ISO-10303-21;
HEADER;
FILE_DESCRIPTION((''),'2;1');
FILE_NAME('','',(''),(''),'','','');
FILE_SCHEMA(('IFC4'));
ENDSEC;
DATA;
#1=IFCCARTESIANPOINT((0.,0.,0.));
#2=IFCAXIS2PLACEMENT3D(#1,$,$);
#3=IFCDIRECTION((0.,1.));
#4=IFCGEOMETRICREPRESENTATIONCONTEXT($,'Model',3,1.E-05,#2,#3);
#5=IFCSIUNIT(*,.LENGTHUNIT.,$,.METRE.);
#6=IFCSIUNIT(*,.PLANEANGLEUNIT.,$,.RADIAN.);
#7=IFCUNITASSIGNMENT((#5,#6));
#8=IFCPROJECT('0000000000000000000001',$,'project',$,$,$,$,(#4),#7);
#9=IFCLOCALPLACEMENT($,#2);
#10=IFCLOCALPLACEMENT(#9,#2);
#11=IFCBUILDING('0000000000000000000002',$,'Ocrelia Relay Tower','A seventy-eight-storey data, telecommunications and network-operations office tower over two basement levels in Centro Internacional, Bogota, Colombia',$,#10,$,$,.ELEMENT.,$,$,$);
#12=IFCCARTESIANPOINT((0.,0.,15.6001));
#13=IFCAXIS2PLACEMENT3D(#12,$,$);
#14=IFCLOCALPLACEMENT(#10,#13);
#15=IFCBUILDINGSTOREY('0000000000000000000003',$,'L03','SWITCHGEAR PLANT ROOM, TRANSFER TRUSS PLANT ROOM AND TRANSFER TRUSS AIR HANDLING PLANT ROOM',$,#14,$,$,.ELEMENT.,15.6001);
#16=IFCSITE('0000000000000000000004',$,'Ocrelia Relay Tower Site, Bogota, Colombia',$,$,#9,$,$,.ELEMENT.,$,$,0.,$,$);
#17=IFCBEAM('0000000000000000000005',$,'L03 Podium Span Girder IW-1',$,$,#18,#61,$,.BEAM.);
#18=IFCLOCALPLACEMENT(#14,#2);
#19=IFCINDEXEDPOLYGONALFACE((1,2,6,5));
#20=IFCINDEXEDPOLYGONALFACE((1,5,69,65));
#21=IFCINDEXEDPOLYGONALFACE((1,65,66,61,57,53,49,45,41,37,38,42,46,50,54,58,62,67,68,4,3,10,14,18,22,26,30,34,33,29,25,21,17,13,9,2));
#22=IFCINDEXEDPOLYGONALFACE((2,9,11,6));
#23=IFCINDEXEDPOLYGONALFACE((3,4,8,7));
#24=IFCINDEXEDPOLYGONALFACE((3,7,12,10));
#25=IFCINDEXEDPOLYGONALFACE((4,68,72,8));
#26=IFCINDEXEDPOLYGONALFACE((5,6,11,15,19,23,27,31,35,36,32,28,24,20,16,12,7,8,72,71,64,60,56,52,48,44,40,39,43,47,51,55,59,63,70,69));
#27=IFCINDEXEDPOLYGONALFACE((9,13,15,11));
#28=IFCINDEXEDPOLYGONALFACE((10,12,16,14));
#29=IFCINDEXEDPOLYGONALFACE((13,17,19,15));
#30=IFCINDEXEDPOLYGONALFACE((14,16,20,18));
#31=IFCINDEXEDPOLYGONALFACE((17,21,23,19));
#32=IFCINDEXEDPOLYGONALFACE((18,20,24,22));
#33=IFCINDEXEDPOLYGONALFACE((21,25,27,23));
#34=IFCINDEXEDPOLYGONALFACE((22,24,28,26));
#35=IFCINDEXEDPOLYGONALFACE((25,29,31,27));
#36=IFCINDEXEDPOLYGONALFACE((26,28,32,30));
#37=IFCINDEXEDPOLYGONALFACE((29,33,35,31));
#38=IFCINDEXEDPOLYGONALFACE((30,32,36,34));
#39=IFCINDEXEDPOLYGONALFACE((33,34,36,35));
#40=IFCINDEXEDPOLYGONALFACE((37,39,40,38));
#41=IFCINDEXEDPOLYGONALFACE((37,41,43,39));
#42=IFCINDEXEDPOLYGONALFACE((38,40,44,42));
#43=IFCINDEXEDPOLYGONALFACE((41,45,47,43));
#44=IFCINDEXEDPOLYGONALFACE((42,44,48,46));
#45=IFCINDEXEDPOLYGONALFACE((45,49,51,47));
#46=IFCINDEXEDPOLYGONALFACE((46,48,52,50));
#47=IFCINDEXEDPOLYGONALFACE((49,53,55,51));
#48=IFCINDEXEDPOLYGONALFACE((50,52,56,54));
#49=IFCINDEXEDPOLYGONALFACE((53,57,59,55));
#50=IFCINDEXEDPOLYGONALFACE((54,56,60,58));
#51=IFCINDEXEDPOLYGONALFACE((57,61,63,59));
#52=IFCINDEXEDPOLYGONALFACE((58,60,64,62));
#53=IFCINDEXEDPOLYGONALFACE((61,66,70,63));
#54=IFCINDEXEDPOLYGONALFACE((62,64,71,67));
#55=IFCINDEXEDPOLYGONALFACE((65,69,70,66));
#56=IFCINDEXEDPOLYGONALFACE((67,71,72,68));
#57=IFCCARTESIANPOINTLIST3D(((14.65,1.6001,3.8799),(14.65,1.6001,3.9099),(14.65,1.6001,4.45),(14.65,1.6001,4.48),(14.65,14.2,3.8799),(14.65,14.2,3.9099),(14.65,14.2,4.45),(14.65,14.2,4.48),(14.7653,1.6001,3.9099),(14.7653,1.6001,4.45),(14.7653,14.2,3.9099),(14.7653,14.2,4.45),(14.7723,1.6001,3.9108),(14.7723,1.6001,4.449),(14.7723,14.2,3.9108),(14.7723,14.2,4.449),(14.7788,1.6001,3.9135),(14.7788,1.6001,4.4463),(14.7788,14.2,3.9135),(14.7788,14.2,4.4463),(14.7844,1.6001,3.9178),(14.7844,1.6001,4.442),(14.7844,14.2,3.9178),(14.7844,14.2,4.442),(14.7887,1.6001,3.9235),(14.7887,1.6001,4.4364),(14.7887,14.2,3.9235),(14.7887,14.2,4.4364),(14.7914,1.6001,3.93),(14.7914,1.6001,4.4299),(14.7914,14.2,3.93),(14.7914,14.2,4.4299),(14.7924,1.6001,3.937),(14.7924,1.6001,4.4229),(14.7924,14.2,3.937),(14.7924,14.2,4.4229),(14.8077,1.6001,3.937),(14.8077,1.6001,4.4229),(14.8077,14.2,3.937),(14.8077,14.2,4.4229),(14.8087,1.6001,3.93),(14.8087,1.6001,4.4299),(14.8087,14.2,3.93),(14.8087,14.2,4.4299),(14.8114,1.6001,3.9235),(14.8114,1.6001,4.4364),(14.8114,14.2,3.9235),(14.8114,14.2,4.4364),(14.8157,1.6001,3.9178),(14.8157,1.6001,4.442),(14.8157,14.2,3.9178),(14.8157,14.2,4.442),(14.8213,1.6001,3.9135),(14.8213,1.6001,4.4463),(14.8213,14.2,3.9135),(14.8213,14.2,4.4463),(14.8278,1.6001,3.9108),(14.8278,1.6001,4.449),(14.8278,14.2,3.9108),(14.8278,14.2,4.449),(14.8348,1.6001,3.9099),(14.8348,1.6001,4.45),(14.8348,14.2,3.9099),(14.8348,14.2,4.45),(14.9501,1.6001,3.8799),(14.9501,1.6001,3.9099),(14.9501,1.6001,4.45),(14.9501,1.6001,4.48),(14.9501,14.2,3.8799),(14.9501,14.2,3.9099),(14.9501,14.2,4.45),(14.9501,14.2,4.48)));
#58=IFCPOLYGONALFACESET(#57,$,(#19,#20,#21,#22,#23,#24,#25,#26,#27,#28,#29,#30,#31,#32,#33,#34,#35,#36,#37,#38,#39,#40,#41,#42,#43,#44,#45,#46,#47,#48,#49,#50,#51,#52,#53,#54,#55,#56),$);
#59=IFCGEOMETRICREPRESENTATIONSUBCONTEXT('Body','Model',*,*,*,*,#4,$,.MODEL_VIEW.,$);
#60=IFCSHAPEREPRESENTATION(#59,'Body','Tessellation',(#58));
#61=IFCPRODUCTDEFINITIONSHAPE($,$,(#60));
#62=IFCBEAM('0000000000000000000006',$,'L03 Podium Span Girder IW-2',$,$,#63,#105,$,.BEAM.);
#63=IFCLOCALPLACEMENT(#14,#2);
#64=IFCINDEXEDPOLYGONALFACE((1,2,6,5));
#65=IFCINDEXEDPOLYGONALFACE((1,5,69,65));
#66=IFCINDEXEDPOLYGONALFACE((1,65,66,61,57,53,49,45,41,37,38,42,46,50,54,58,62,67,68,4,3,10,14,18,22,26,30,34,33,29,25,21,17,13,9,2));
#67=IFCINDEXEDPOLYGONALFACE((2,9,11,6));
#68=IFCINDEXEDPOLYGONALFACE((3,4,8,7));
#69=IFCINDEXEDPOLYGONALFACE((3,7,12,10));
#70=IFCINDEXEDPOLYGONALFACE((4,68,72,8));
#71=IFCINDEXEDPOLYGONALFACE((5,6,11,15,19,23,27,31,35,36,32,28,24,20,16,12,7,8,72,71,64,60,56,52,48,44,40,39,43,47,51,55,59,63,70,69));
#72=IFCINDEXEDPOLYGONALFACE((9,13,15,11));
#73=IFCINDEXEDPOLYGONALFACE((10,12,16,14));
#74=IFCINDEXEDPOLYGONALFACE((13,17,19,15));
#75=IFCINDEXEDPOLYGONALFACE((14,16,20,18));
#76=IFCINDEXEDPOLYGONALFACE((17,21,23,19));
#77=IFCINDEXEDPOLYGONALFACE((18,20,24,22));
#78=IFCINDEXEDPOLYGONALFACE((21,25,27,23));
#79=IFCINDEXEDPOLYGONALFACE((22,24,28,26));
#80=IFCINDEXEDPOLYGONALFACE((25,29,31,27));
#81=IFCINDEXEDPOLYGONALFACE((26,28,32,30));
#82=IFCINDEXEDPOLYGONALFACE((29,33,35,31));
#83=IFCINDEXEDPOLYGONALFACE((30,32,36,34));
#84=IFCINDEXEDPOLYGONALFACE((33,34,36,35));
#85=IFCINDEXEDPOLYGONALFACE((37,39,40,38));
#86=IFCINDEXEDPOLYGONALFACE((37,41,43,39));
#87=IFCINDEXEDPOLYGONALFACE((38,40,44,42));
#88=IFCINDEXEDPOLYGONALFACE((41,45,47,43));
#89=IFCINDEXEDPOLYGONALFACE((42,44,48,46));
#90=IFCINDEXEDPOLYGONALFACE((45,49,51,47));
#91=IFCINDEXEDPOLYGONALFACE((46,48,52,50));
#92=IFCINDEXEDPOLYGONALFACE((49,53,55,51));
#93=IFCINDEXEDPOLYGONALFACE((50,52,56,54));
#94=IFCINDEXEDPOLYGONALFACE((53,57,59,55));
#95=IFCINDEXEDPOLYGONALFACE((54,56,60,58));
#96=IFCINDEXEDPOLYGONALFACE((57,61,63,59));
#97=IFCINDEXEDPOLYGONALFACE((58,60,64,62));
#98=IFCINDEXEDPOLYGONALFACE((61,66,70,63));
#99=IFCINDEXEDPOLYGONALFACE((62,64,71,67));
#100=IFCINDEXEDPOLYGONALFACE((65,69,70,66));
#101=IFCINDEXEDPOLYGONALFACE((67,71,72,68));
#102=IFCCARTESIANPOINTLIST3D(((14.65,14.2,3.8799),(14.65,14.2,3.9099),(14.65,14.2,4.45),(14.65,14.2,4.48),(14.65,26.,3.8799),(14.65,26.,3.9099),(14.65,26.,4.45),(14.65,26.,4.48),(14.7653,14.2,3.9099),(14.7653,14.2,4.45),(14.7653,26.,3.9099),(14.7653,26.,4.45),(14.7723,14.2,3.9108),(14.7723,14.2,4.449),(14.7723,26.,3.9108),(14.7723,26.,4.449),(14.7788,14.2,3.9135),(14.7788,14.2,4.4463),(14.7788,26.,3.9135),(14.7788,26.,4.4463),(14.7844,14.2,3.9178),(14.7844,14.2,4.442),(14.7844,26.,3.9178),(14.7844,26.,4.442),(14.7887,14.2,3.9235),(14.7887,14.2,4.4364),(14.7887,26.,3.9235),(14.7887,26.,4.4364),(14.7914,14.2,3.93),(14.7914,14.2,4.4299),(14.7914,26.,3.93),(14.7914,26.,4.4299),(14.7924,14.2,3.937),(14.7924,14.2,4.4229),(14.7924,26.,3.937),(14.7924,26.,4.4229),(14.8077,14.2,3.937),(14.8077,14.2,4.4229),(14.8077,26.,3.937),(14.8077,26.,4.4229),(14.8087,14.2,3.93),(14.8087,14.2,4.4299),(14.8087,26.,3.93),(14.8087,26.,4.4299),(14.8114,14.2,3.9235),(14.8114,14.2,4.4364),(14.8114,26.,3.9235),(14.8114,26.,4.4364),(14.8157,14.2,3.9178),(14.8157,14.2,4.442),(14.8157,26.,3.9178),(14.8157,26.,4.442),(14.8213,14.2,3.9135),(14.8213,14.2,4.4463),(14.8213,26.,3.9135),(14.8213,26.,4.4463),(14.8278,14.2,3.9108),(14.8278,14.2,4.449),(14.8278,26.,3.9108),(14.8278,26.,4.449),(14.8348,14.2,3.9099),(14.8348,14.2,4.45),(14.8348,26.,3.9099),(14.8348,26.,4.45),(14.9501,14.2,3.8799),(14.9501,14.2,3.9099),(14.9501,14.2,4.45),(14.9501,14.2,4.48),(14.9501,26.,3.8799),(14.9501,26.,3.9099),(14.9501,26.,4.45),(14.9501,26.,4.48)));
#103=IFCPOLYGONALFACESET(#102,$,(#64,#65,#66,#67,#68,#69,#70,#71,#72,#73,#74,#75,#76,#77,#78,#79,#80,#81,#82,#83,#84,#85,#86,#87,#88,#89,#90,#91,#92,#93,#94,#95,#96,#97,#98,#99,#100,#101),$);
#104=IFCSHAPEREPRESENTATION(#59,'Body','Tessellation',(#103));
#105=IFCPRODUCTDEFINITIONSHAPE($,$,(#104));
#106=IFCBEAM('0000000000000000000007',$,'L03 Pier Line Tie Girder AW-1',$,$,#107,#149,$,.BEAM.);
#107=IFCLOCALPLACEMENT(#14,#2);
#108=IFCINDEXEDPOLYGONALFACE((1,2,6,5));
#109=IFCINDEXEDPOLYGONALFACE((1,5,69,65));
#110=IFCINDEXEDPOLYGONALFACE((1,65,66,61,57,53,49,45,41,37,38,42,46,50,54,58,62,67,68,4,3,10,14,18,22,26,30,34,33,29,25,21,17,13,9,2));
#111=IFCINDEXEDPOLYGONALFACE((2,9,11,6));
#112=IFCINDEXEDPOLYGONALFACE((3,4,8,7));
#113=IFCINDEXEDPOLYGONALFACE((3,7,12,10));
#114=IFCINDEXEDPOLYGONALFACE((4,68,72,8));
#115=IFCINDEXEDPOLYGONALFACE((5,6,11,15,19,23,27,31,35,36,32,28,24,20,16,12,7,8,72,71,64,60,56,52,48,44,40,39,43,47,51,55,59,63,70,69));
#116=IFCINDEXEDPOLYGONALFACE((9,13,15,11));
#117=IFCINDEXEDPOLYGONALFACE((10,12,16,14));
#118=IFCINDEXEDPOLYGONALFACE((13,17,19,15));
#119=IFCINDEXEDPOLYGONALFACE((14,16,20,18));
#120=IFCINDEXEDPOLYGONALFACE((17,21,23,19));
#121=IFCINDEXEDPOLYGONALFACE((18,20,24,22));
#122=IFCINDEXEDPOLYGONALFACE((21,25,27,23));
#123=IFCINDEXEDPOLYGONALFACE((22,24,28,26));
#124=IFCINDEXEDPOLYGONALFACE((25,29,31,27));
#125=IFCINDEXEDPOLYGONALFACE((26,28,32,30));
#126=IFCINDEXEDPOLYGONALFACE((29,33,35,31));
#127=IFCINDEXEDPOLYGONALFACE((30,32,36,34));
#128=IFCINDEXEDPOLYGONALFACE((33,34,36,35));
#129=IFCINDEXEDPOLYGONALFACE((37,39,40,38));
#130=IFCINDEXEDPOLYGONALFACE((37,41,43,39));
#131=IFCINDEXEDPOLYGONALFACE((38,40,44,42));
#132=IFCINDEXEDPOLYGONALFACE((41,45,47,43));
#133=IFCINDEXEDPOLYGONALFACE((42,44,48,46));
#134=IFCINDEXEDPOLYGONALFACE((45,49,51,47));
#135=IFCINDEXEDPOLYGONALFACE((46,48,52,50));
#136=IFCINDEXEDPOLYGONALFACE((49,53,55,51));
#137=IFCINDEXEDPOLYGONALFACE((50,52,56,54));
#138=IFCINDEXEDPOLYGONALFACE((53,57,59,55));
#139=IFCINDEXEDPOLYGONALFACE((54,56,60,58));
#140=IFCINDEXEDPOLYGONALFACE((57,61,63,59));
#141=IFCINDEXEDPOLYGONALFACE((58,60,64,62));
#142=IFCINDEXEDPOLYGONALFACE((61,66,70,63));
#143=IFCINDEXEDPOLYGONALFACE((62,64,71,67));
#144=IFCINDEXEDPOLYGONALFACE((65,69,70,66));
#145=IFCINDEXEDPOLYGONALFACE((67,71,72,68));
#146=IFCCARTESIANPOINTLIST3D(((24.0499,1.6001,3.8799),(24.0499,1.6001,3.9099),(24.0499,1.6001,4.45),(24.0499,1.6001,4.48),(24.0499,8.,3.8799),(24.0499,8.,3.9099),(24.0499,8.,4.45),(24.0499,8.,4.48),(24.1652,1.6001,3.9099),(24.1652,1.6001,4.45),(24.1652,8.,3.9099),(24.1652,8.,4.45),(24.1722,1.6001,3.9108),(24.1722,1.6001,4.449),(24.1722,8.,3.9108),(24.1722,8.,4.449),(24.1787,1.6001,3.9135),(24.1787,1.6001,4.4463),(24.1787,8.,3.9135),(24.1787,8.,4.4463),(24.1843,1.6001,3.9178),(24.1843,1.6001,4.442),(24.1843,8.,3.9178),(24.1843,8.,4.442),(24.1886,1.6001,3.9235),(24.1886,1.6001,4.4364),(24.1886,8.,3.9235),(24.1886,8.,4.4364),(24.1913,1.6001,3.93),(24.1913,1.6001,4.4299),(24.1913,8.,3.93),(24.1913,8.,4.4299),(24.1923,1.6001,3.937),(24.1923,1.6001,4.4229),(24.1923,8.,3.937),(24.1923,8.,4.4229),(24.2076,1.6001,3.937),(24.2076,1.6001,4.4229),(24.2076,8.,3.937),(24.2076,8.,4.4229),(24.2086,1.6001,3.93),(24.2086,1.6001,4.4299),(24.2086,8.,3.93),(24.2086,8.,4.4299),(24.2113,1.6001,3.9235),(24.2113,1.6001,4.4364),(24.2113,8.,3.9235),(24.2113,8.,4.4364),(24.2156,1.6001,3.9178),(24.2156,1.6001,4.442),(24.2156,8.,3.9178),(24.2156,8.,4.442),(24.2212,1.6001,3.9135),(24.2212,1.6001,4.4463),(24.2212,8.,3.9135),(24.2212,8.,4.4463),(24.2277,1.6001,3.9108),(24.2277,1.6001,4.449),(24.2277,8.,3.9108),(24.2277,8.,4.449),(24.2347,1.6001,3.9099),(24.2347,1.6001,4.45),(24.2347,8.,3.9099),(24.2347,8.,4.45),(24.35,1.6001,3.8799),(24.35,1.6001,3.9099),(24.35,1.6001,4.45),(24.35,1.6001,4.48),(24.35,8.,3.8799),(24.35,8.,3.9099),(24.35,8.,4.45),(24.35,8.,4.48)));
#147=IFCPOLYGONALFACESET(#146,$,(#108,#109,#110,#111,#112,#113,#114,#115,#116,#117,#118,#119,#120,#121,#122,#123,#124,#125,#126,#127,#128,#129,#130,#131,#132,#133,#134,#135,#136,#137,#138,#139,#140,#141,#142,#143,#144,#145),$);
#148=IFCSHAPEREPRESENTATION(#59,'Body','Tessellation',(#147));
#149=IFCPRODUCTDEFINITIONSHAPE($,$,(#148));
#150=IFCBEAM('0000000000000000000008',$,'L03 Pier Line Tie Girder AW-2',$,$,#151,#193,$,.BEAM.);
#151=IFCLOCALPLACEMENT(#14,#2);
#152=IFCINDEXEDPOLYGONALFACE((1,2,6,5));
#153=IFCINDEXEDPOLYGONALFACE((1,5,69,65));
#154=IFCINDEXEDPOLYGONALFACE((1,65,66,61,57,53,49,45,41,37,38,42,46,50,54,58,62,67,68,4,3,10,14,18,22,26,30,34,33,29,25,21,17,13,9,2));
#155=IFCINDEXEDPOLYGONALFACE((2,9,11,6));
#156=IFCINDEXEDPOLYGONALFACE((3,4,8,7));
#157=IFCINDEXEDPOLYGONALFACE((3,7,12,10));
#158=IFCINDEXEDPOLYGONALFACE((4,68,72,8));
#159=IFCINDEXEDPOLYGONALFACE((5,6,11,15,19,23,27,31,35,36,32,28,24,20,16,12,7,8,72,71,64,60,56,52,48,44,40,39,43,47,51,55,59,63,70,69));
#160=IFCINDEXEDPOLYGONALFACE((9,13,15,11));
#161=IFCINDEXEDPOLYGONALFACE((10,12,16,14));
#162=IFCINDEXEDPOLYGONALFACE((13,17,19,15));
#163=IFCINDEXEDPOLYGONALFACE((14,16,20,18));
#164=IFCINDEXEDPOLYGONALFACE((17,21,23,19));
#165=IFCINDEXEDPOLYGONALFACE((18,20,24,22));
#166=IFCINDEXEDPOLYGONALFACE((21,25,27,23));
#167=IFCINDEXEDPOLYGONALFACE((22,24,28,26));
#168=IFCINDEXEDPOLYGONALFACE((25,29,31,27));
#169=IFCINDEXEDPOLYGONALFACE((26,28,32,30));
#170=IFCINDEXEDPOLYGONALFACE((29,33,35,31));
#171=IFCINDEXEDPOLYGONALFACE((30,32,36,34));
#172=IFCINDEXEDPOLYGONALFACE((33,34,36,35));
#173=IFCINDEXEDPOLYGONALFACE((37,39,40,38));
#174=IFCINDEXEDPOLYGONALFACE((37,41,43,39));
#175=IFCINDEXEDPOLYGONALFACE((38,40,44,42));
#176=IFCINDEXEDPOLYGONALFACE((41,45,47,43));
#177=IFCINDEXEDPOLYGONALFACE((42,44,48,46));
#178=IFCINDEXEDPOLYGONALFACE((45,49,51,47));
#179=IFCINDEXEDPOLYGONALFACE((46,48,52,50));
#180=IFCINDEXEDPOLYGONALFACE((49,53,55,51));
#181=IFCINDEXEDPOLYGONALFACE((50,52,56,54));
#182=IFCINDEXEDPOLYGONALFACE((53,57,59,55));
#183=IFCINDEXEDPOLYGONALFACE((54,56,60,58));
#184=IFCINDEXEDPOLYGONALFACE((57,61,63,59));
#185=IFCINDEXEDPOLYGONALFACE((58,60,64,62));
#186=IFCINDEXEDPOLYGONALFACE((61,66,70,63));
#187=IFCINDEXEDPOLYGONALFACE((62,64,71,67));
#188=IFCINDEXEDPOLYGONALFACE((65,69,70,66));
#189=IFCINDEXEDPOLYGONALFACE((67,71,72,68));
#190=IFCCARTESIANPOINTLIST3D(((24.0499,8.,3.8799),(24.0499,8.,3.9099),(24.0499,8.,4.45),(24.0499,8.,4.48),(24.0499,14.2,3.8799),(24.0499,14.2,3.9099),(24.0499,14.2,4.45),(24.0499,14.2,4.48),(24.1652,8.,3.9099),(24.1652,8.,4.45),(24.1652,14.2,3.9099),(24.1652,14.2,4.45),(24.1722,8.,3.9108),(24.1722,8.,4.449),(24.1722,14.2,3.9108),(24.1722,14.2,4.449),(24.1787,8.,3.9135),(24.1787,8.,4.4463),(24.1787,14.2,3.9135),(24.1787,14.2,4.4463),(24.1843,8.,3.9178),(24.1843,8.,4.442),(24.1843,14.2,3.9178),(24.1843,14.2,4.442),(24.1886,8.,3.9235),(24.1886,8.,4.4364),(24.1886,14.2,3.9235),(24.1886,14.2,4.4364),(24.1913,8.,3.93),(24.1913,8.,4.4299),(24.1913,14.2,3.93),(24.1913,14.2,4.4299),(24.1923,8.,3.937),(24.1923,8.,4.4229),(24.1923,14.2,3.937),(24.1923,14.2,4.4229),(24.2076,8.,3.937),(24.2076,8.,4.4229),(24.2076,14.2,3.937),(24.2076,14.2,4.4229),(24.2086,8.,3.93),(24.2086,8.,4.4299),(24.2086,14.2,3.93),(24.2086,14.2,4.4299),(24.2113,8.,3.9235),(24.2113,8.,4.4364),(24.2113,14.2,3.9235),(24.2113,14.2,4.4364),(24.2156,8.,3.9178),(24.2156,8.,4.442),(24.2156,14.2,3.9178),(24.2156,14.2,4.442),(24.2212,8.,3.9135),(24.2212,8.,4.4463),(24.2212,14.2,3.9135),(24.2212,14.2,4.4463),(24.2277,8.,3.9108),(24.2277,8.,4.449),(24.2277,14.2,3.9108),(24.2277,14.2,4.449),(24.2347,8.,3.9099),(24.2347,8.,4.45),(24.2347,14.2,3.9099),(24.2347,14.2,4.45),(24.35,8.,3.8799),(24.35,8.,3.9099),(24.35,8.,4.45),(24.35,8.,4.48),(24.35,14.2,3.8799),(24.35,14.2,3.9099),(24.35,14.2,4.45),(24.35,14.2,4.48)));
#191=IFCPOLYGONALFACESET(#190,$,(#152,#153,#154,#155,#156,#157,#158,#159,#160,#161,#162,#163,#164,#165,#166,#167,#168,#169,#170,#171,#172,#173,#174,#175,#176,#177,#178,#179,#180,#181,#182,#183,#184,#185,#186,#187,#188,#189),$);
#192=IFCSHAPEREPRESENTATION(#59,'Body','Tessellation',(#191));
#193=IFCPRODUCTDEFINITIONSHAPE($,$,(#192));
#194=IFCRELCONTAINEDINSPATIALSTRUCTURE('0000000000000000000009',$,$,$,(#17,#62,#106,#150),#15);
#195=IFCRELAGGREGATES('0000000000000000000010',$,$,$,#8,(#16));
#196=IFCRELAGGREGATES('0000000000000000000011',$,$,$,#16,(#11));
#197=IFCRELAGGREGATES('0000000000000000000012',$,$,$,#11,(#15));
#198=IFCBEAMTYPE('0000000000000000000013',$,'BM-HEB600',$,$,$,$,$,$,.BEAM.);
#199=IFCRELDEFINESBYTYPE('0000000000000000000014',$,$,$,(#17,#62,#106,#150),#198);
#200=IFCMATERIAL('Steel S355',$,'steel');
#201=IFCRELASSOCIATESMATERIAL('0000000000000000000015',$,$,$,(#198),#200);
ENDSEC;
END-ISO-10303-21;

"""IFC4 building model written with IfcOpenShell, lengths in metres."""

from ifc_helpers import new_model, si_unit, direction, frame, origin, origin_2d, place, context, subcontext, project, spatial, i_section, extrude, material, material_profile, profile_set, type_object, element, save


model = new_model("IFC4")

# Units and contexts
model_context = context("Model", 3, precision=1e-05, world=origin(), true_north=direction((0.0, 1.0)))
body_context = subcontext(model_context, "Body", "Model", "MODEL_VIEW")
ifc_project = project(units=[si_unit("LENGTHUNIT", "METRE"), si_unit("PLANEANGLEUNIT", "RADIAN")], contexts=[model_context])

# Site, building, storey
site_placement = place(None, origin())
site = spatial("IfcSite", under=ifc_project, at=site_placement, Name="Ocrelia Relay Tower Site, Bogota, Colombia", CompositionType="ELEMENT", RefElevation=0.0)
building_placement = place(site_placement, origin())
building = spatial("IfcBuilding", under=site, at=building_placement, Name="Ocrelia Relay Tower", Description="A seventy-eight-storey data, telecommunications and network-operations office tower over two basement levels in Centro Internacional, Bogota, Colombia", CompositionType="ELEMENT")
storey_placement = place(building_placement, frame((0.0, 0.0, 15.6001)))
storey = spatial("IfcBuildingStorey", under=building, at=storey_placement, Name="L03", Description="SWITCHGEAR PLANT ROOM, TRANSFER TRUSS PLANT ROOM AND TRANSFER TRUSS AIR HANDLING PLANT ROOM", CompositionType="ELEMENT", Elevation=15.6001)

# Beams
ifc_material_1 = material(Name="Steel S355", Category="steel")
ifc_material_profile_1 = material_profile(ifc_material_1, i_section(OverallWidth=0.3, OverallDepth=0.6001, WebThickness=0.0154, FlangeThickness=0.03, FilletRadius=0.0271, at=origin_2d()), Name="HEB 600")
ifc_profile_set_1 = profile_set([ifc_material_profile_1], Name="Steel S355")
beam_type_1 = type_object("IfcBeamType", Name="BM-HEB600", PredefinedType="BEAM", material=ifc_profile_set_1)
beam_1_placement = place(storey_placement, frame((14.8, 1.6001, 4.1799), z_axis=(0.0, 1.0, 0.0), x_axis=(-1.0, 0.0, 0.0)))
element("IfcBeam", 1, at=beam_1_placement, inside=storey, type_object=beam_type_1, Name="L03 Podium Span Girder IW-1", PredefinedType="BEAM", context=body_context, shape_type="SweptSolid", body=[
    extrude(i_section(OverallWidth=0.3, OverallDepth=0.6001, WebThickness=0.0154, FlangeThickness=0.03, FilletRadius=0.0271, at=origin_2d()), origin(), (0.0, 0.0, 1.0), 12.5999),
])
beam_2_placement = place(storey_placement, frame((14.8, 14.2, 4.1799), z_axis=(0.0, 1.0, 0.0), x_axis=(-1.0, 0.0, 0.0)))
element("IfcBeam", 2, at=beam_2_placement, inside=storey, type_object=beam_type_1, Name="L03 Podium Span Girder IW-2", PredefinedType="BEAM", context=body_context, shape_type="SweptSolid", body=[
    extrude(i_section(OverallWidth=0.3, OverallDepth=0.6001, WebThickness=0.0154, FlangeThickness=0.03, FilletRadius=0.0271, at=origin_2d()), origin(), (0.0, 0.0, 1.0), 11.8),
])
beam_3_placement = place(storey_placement, frame((24.2, 1.6001, 4.1799), z_axis=(0.0, 1.0, 0.0), x_axis=(-1.0, 0.0, 0.0)))
element("IfcBeam", 3, at=beam_3_placement, inside=storey, type_object=beam_type_1, Name="L03 Pier Line Tie Girder AW-1", PredefinedType="BEAM", context=body_context, shape_type="SweptSolid", body=[
    extrude(i_section(OverallWidth=0.3, OverallDepth=0.6001, WebThickness=0.0154, FlangeThickness=0.03, FilletRadius=0.0271, at=origin_2d()), origin(), (0.0, 0.0, 1.0), 6.3999),
])
beam_4_placement = place(storey_placement, frame((24.2, 8.0, 4.1799), z_axis=(0.0, 1.0, 0.0), x_axis=(-1.0, 0.0, 0.0)))
element("IfcBeam", 4, at=beam_4_placement, inside=storey, type_object=beam_type_1, Name="L03 Pier Line Tie Girder AW-2", PredefinedType="BEAM", context=body_context, shape_type="SweptSolid", body=[
    extrude(i_section(OverallWidth=0.3, OverallDepth=0.6001, WebThickness=0.0154, FlangeThickness=0.03, FilletRadius=0.0271, at=origin_2d()), origin(), (0.0, 0.0, 1.0), 6.2),
])

save(model, "model.ifc")
